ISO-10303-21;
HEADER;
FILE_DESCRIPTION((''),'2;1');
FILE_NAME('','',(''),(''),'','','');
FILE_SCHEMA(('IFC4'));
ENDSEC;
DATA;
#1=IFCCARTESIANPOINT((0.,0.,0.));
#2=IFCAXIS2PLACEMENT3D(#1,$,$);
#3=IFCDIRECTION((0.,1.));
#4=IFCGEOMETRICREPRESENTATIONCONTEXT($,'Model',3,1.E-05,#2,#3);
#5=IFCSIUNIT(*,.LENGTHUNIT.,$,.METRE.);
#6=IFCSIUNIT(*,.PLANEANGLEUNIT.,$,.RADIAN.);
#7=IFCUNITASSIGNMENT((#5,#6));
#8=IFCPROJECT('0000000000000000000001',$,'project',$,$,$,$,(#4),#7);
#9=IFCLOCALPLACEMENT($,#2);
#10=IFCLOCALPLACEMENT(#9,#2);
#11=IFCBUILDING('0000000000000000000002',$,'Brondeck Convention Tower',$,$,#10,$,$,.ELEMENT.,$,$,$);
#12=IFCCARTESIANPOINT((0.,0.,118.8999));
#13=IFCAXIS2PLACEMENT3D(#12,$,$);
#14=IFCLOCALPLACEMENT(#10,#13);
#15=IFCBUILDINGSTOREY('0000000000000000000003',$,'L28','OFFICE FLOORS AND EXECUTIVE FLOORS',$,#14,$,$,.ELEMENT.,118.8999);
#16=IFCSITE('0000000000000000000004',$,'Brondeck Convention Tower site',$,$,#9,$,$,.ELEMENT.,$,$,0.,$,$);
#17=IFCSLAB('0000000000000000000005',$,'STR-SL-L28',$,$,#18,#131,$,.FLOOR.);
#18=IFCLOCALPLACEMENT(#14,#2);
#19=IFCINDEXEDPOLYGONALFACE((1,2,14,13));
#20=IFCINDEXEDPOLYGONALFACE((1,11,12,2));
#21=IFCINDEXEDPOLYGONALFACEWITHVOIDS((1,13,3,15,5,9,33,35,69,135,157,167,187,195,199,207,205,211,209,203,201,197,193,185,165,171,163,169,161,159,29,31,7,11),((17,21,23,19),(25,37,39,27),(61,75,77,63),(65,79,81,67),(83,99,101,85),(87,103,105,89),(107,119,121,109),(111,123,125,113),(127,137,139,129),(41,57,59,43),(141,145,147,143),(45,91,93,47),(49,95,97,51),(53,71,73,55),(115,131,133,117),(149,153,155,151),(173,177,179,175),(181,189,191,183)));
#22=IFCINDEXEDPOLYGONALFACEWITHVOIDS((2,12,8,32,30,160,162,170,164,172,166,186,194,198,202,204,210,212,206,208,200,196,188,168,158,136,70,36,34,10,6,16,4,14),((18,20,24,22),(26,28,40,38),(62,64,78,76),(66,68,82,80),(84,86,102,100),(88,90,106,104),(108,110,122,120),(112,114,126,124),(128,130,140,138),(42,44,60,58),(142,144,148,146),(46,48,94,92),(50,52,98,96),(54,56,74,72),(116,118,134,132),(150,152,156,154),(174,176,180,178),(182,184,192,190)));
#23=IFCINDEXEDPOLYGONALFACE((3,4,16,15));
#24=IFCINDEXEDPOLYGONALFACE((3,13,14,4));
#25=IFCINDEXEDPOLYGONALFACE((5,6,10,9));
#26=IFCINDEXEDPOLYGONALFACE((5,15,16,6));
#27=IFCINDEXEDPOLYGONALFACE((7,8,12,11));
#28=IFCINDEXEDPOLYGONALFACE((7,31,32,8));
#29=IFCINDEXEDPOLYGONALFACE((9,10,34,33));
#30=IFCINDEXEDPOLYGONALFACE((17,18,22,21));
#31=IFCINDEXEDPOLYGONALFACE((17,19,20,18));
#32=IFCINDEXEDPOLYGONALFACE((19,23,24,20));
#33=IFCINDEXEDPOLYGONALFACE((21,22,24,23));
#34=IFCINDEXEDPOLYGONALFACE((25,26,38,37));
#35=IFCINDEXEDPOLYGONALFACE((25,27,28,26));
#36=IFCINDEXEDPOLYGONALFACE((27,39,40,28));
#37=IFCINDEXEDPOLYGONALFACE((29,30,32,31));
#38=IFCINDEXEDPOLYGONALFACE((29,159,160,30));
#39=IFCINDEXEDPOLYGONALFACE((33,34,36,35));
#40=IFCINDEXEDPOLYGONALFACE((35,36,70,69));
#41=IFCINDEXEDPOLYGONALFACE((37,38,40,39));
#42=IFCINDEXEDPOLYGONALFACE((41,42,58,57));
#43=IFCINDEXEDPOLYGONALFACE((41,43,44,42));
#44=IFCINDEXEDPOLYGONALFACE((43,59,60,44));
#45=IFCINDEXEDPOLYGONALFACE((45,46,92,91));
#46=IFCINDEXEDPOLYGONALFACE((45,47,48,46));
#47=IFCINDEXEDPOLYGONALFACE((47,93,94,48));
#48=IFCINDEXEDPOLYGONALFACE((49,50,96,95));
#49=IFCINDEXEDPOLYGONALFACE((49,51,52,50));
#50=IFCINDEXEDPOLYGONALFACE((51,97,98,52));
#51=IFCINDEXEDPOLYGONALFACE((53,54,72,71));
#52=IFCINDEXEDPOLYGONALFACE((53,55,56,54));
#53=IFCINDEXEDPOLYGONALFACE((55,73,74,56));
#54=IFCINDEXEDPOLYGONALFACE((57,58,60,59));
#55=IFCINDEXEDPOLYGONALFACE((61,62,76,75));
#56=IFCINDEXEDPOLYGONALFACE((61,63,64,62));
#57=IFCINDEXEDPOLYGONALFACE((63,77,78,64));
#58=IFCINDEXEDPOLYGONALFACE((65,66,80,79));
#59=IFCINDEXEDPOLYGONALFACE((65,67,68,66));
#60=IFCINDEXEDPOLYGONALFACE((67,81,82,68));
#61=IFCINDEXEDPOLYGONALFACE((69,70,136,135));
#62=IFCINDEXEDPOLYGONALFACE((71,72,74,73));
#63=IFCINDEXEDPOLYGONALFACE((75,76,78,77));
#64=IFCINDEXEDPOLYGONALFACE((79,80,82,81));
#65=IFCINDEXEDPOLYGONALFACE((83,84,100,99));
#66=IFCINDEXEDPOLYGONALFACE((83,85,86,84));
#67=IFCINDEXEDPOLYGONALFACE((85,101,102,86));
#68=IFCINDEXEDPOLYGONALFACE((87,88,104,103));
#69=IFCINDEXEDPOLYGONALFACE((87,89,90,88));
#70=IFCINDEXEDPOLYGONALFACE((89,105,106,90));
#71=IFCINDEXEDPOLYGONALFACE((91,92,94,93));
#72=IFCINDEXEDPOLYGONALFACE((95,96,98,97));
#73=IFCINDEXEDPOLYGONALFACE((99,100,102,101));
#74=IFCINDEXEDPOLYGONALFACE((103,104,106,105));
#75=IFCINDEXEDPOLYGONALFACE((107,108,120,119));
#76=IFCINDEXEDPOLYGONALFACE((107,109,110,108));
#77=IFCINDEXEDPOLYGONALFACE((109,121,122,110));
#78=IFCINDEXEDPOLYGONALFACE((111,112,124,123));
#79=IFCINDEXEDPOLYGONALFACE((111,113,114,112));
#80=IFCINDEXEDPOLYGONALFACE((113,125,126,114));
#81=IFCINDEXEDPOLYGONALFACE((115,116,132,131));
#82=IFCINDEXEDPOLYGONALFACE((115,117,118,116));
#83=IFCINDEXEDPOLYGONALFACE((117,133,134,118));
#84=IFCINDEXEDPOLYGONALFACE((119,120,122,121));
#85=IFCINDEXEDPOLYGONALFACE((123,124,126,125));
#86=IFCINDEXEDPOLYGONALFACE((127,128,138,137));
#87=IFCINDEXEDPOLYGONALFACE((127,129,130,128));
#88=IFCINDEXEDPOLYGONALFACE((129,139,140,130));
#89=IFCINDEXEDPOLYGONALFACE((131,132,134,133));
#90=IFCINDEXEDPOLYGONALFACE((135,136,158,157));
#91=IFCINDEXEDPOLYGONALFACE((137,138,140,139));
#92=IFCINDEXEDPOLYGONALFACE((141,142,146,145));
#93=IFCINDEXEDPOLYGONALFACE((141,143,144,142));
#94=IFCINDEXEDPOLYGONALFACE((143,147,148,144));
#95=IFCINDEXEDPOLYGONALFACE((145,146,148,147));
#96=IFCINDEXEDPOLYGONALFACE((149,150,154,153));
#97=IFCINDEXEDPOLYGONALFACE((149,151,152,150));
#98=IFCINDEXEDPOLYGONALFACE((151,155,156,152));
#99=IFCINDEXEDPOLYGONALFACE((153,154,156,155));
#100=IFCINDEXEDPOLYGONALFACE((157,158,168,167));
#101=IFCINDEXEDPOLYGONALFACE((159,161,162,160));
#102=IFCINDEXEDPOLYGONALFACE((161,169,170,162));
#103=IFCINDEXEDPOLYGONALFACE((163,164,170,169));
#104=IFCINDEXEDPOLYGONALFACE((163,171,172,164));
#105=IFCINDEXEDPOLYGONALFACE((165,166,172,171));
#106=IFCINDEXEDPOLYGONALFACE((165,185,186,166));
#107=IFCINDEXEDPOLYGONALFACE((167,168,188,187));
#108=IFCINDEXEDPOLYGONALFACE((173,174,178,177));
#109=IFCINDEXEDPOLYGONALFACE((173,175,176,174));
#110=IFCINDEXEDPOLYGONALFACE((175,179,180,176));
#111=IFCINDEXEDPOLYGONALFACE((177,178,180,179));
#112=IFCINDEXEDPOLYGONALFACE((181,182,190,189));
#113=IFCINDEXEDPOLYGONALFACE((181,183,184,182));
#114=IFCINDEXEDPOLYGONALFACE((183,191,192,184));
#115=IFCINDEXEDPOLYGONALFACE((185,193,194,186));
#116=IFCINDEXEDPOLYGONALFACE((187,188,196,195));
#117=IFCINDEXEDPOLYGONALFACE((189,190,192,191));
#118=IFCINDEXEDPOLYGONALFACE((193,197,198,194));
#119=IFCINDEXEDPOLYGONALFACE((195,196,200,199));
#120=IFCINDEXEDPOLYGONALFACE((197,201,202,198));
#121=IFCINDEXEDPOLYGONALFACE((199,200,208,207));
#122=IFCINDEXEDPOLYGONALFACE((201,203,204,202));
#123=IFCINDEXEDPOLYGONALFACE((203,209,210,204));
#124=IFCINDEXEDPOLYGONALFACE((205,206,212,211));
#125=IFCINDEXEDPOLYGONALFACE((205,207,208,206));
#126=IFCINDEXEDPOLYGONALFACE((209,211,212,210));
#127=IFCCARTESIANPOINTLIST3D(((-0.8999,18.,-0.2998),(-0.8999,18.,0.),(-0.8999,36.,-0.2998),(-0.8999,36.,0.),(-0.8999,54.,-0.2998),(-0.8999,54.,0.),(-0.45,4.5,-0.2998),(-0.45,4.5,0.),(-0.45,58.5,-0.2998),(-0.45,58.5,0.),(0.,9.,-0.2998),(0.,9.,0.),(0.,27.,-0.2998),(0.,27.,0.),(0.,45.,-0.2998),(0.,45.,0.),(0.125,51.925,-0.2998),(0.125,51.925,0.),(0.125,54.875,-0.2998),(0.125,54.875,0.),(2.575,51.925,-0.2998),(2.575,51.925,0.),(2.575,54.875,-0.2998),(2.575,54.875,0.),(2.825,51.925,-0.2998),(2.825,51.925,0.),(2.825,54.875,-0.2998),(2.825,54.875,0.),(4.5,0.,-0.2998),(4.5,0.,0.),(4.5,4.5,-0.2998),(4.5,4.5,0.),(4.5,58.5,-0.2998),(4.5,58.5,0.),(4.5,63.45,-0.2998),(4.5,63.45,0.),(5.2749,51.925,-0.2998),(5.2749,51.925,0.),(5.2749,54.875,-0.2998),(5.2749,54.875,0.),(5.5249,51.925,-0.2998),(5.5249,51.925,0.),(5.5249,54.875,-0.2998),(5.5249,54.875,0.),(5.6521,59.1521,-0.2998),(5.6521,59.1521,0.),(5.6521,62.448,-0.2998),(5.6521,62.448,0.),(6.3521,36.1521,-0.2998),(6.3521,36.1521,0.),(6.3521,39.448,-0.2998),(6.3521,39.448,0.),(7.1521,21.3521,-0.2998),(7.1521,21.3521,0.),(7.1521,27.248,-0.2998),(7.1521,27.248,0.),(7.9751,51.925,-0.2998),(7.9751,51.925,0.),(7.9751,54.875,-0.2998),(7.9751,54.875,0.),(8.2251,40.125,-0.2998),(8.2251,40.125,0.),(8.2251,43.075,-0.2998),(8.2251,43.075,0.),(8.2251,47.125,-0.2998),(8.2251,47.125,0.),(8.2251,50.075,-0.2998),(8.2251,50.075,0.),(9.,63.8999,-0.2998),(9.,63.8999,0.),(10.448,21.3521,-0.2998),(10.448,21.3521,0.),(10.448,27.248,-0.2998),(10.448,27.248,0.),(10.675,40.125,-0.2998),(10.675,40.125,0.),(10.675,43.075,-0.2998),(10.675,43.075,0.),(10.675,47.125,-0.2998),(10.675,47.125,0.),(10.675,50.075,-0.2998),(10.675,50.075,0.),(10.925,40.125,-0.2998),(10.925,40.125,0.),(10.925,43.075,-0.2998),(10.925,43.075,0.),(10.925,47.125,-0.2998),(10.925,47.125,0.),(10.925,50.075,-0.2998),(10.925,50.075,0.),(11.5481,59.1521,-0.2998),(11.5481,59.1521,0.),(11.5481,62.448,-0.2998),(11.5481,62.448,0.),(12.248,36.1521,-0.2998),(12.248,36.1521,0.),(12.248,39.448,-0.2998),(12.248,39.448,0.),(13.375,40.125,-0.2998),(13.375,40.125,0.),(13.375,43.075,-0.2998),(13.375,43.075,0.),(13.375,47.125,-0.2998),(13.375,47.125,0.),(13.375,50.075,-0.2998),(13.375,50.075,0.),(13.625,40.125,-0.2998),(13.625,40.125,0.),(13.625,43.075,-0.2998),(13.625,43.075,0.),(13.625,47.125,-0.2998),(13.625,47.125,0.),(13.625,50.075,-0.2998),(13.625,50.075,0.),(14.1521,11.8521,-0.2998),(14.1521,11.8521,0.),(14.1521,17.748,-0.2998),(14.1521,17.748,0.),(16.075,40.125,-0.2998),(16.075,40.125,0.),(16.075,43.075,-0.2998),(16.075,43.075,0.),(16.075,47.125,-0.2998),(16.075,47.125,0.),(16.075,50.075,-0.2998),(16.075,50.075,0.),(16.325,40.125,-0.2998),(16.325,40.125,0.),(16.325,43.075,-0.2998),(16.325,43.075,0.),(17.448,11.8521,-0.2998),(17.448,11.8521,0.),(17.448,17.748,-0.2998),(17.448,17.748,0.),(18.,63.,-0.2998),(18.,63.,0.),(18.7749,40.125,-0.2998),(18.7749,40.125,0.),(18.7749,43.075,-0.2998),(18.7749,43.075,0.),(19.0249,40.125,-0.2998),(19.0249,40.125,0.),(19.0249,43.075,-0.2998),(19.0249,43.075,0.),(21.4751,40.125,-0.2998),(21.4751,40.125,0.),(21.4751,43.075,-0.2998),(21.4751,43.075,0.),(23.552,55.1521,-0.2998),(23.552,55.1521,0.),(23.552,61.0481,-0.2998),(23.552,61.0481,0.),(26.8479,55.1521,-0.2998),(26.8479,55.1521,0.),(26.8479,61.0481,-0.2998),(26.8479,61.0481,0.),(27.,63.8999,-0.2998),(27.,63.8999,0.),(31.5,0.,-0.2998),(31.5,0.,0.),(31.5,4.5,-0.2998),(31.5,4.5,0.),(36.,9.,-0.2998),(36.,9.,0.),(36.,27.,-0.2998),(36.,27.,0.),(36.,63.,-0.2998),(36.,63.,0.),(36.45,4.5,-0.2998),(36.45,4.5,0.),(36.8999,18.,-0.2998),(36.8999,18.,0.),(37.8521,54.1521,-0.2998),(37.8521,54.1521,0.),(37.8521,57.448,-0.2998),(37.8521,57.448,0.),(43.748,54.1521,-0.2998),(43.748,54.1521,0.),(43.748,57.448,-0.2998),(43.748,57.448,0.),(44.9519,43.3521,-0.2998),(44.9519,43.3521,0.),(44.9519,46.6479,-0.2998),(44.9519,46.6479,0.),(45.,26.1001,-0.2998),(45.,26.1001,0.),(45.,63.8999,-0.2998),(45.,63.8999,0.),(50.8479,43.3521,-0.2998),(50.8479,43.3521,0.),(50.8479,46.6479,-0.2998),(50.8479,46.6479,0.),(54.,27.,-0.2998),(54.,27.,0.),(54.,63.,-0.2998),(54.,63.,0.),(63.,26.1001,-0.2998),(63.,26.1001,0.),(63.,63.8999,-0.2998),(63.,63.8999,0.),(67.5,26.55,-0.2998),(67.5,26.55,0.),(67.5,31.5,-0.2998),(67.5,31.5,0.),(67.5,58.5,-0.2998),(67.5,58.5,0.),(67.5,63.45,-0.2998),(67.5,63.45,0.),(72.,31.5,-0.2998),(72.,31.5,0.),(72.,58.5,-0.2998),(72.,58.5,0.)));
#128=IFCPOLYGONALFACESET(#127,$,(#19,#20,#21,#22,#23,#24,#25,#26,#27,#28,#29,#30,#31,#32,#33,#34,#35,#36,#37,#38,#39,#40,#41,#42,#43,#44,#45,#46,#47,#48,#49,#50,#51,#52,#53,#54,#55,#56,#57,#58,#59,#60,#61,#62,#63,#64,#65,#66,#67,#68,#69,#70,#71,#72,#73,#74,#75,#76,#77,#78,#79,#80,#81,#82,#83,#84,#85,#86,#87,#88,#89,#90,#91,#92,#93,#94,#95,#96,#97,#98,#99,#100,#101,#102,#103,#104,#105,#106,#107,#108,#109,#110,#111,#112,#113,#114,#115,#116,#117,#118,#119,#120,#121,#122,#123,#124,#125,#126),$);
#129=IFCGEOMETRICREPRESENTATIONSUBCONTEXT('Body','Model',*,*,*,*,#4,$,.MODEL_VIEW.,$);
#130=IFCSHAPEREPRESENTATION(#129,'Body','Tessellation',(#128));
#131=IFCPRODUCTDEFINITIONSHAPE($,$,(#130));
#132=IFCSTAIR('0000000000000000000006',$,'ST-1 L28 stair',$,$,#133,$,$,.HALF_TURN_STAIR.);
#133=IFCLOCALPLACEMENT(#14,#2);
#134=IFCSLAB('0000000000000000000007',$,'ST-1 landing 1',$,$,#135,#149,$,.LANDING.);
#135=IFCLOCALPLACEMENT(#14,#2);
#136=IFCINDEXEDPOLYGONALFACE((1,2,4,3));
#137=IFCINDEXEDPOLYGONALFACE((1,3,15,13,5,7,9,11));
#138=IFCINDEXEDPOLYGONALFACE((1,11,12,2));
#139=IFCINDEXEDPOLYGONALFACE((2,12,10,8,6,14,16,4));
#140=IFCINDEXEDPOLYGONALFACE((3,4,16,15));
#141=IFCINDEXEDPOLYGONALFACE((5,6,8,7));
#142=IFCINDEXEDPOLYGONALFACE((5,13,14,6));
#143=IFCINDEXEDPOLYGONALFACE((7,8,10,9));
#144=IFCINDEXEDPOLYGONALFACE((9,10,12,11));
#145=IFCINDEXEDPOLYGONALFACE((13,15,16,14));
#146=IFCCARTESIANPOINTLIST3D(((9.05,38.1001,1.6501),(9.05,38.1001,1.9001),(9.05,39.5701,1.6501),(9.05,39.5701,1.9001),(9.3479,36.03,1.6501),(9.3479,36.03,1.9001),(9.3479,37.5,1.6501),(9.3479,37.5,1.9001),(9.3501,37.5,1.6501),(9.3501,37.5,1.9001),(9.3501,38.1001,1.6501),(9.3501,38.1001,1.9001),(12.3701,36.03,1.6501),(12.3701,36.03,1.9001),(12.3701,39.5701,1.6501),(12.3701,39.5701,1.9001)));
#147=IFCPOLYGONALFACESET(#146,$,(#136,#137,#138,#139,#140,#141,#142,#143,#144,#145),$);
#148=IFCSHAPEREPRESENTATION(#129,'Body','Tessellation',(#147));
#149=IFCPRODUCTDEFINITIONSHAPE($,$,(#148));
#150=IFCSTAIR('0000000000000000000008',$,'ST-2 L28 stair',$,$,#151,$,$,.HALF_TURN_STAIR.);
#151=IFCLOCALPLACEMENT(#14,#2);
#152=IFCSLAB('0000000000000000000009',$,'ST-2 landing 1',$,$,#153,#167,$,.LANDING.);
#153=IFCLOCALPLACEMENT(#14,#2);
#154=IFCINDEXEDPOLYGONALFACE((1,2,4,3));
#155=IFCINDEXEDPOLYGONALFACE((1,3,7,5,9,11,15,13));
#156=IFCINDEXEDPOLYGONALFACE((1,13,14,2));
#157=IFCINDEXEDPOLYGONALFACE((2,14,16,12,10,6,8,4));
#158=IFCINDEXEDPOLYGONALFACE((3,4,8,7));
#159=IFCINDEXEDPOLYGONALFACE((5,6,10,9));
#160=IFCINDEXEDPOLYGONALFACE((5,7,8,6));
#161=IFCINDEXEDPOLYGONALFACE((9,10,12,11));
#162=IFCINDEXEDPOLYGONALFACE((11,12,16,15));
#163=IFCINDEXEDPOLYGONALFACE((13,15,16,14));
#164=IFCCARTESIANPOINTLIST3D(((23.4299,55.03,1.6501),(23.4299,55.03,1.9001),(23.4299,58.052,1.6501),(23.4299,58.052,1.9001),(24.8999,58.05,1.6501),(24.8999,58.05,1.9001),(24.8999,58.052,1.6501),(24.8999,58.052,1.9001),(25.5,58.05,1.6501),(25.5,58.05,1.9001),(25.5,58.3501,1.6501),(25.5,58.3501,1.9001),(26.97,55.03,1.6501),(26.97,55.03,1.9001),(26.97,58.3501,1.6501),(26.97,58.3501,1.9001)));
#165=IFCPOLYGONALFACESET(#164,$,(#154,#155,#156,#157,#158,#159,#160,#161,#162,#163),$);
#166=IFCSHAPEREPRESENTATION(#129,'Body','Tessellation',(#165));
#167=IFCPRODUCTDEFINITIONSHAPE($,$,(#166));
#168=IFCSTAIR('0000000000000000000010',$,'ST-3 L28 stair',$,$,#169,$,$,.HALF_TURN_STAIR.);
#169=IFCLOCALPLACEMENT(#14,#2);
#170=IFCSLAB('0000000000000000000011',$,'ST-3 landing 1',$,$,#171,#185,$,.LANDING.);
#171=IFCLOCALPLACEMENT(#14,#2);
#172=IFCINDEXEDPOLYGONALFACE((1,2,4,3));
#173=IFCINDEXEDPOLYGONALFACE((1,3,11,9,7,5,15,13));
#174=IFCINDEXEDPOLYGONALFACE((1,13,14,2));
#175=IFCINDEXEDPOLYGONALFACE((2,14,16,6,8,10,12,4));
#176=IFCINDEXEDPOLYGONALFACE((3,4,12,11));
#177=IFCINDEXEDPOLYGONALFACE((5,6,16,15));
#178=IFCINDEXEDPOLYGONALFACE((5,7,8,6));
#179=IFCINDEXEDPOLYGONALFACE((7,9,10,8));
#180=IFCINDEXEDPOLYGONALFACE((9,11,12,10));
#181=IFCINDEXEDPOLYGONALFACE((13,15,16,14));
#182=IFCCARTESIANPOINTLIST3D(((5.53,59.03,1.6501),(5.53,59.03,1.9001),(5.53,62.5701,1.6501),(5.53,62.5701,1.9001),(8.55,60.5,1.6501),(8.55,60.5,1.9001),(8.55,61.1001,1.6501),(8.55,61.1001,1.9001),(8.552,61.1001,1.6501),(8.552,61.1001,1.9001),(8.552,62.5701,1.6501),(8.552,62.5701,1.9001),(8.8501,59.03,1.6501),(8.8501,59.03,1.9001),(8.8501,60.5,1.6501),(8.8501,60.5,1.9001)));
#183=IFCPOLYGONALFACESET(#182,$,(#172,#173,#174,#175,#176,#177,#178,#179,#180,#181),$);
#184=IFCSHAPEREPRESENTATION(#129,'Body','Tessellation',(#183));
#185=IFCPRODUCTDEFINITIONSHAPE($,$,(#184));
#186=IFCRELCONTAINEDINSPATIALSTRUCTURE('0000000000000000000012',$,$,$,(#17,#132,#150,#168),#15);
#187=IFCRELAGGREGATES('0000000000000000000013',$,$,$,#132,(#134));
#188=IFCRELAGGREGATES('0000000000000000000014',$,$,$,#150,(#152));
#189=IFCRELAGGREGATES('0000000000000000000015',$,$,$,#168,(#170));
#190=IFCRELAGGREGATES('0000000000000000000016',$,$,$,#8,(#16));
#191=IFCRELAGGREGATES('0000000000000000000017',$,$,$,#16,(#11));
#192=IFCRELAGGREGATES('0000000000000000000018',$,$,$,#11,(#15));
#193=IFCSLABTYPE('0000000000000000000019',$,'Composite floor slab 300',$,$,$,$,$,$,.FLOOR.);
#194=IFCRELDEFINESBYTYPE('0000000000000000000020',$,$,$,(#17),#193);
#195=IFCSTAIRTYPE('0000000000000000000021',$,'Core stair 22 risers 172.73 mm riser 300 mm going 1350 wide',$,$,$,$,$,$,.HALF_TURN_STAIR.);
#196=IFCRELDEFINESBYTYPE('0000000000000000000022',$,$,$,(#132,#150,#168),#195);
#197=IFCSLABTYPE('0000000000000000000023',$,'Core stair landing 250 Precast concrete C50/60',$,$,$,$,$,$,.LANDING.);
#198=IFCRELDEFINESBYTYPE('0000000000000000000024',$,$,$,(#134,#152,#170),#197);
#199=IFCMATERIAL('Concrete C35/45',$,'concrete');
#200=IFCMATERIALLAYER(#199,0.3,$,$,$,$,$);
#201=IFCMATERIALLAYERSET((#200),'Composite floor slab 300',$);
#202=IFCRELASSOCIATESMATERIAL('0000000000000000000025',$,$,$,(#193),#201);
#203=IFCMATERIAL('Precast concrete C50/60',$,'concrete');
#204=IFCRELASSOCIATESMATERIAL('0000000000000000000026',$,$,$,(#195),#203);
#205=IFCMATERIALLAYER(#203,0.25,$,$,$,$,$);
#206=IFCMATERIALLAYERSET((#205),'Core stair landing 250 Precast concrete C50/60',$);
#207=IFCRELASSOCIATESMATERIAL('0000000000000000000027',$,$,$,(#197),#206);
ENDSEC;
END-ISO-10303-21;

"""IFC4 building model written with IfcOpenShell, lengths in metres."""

from ifc_helpers import new_model, si_unit, direction, frame, origin, place, context, subcontext, project, spatial, polyline, outline, extrude, material, layer, layer_set, type_object, element, aggregate, save


model = new_model("IFC4")

# Units and contexts
model_context = context("Model", 3, precision=1e-05, world=origin(), true_north=direction((0.0, 1.0)))
body_context = subcontext(model_context, "Body", "Model", "MODEL_VIEW")
ifc_project = project(units=[si_unit("LENGTHUNIT", "METRE"), si_unit("PLANEANGLEUNIT", "RADIAN")], contexts=[model_context])

# Site, building, storey
site_placement = place(None, origin())
site = spatial("IfcSite", under=ifc_project, at=site_placement, Name="Brondeck Convention Tower site", CompositionType="ELEMENT", RefElevation=0.0)
building_placement = place(site_placement, origin())
building = spatial("IfcBuilding", under=site, at=building_placement, Name="Brondeck Convention Tower", CompositionType="ELEMENT")
storey_placement = place(building_placement, frame((0.0, 0.0, 118.8999)))
storey = spatial("IfcBuildingStorey", under=building, at=storey_placement, Name="L28", Description="OFFICE FLOORS AND EXECUTIVE FLOORS", CompositionType="ELEMENT", Elevation=118.8999)

# Slab
ifc_material_1 = material(Name="Concrete C35/45", Category="concrete")
ifc_layer_1 = layer(ifc_material_1, 0.3)
ifc_layer_set_1 = layer_set([ifc_layer_1], Name="Composite floor slab 300")
slab_type_1 = type_object("IfcSlabType", Name="Composite floor slab 300", PredefinedType="FLOOR", material=ifc_layer_set_1)
slab_1_placement = place(storey_placement, frame((0.0, 0.0, -0.2998)))
element("IfcSlab", 1, at=slab_1_placement, inside=storey, type_object=slab_type_1, Name="STR-SL-L28", PredefinedType="FLOOR", context=body_context, shape_type="SweptSolid", body=[
    extrude(outline(polyline([(4.5, 4.5), (-0.45, 4.5), (0.0, 9.0), (-0.8999, 18.0), (0.0, 27.0), (-0.8999, 36.0), (0.0, 45.0), (-0.8999, 54.0), (-0.45, 58.5), (4.5, 58.5), (4.5, 63.45), (9.0, 63.8999), (18.0, 63.0), (27.0, 63.8999), (36.0, 63.0), (45.0, 63.8999), (54.0, 63.0), (63.0, 63.8999), (67.5, 63.45), (67.5, 58.5), (72.0, 58.5), (72.0, 31.5), (67.5, 31.5), (67.5, 26.55), (63.0, 26.1001), (54.0, 27.0), (45.0, 26.1001), (36.0, 27.0), (36.8999, 18.0), (36.0, 9.0), (36.45, 4.5), (31.5, 4.5), (31.5, 0.0), (4.5, 0.0), (4.5, 4.5)]), holes=[polyline([(10.448, 27.248), (7.1521, 27.248), (7.1521, 21.3521), (10.448, 21.3521), (10.448, 27.248)]), polyline([(12.248, 36.1521), (12.248, 39.448), (6.3521, 39.448), (6.3521, 36.1521), (12.248, 36.1521)]), polyline([(10.675, 40.125), (10.675, 43.075), (8.2251, 43.075), (8.2251, 40.125), (10.675, 40.125)]), polyline([(10.675, 47.125), (10.675, 50.075), (8.2251, 50.075), (8.2251, 47.125), (10.675, 47.125)]), polyline([(13.375, 47.125), (13.375, 50.075), (10.925, 50.075), (10.925, 47.125), (13.375, 47.125)]), polyline([(2.575, 51.925), (2.575, 54.875), (0.125, 54.875), (0.125, 51.925), (2.575, 51.925)]), polyline([(5.2749, 51.925), (5.2749, 54.875), (2.825, 54.875), (2.825, 51.925), (5.2749, 51.925)]), polyline([(5.5249, 51.925), (7.9751, 51.925), (7.9751, 54.875), (5.5249, 54.875), (5.5249, 51.925)]), polyline([(11.5481, 62.448), (5.6521, 62.448), (5.6521, 59.1521), (11.5481, 59.1521), (11.5481, 62.448)]), polyline([(17.448, 17.748), (14.1521, 17.748), (14.1521, 11.8521), (17.448, 11.8521), (17.448, 17.748)]), polyline([(13.375, 40.125), (13.375, 43.075), (10.925, 43.075), (10.925, 40.125), (13.375, 40.125)]), polyline([(16.075, 40.125), (16.075, 43.075), (13.625, 43.075), (13.625, 40.125), (16.075, 40.125)]), polyline([(18.7749, 40.125), (18.7749, 43.075), (16.325, 43.075), (16.325, 40.125), (18.7749, 40.125)]), polyline([(21.4751, 40.125), (21.4751, 43.075), (19.0249, 43.075), (19.0249, 40.125), (21.4751, 40.125)]), polyline([(50.8479, 43.3521), (50.8479, 46.6479), (44.9519, 46.6479), (44.9519, 43.3521), (50.8479, 43.3521)]), polyline([(16.075, 47.125), (16.075, 50.075), (13.625, 50.075), (13.625, 47.125), (16.075, 47.125)]), polyline([(37.8521, 54.1521), (43.748, 54.1521), (43.748, 57.448), (37.8521, 57.448), (37.8521, 54.1521)]), polyline([(23.552, 61.0481), (23.552, 55.1521), (26.8479, 55.1521), (26.8479, 61.0481), (23.552, 61.0481)])]), origin(), (0.0, 0.0, 1.0), 0.2998),
])

# Stairs, slabs
ifc_material_2 = material(Name="Precast concrete C50/60", Category="concrete")
stair_type = type_object("IfcStairType", Name="Core stair 22 risers 172.73 mm riser 300 mm going 1350 wide", PredefinedType="HALF_TURN_STAIR", material=ifc_material_2)
stair_1_placement = place(storey_placement, origin())
stair_1 = element("IfcStair", 2, at=stair_1_placement, inside=storey, type_object=stair_type, Name="ST-1 L28 stair", PredefinedType="HALF_TURN_STAIR")
ifc_layer_2 = layer(ifc_material_2, 0.25)
ifc_layer_set_2 = layer_set([ifc_layer_2], Name="Core stair landing 250 Precast concrete C50/60")
slab_type_2 = type_object("IfcSlabType", Name="Core stair landing 250 Precast concrete C50/60", PredefinedType="LANDING", material=ifc_layer_set_2)
slab_2_placement = place(storey_placement, frame((0.0, 0.0, 1.6501)))
slab_2 = element("IfcSlab", 3, at=slab_2_placement, type_object=slab_type_2, Name="ST-1 landing 1", PredefinedType="LANDING", context=body_context, shape_type="SweptSolid", body=[
    extrude(outline(polyline([(9.3479, 37.5), (9.3501, 37.5), (9.3501, 38.1001), (9.05, 38.1001), (9.05, 39.5701), (12.3701, 39.5701), (12.3701, 36.03), (9.3479, 36.03), (9.3479, 37.5)])), origin(), (0.0, 0.0, 1.0), 0.25),
])
aggregate(stair_1, [slab_2])
stair_2_placement = place(storey_placement, origin())
stair_2 = element("IfcStair", 4, at=stair_2_placement, inside=storey, type_object=stair_type, Name="ST-2 L28 stair", PredefinedType="HALF_TURN_STAIR")
slab_3_placement = place(storey_placement, frame((0.0, 0.0, 1.6501)))
slab_3 = element("IfcSlab", 5, at=slab_3_placement, type_object=slab_type_2, Name="ST-2 landing 1", PredefinedType="LANDING", context=body_context, shape_type="SweptSolid", body=[
    extrude(outline(polyline([(23.4299, 58.052), (24.8999, 58.052), (24.8999, 58.05), (25.5, 58.05), (25.5, 58.3501), (26.97, 58.3501), (26.97, 55.03), (23.4299, 55.03), (23.4299, 58.052)])), origin(), (0.0, 0.0, 1.0), 0.25),
])
aggregate(stair_2, [slab_3])
stair_3_placement = place(storey_placement, origin())
stair_3 = element("IfcStair", 6, at=stair_3_placement, inside=storey, type_object=stair_type, Name="ST-3 L28 stair", PredefinedType="HALF_TURN_STAIR")
slab_4_placement = place(storey_placement, frame((0.0, 0.0, 1.6501)))
slab_4 = element("IfcSlab", 7, at=slab_4_placement, type_object=slab_type_2, Name="ST-3 landing 1", PredefinedType="LANDING", context=body_context, shape_type="SweptSolid", body=[
    extrude(outline(polyline([(8.8501, 60.5), (8.8501, 59.03), (5.53, 59.03), (5.53, 62.5701), (8.552, 62.5701), (8.552, 61.1001), (8.55, 61.1001), (8.55, 60.5), (8.8501, 60.5)])), origin(), (0.0, 0.0, 1.0), 0.25),
])
aggregate(stair_3, [slab_4])

save(model, "model.ifc")
